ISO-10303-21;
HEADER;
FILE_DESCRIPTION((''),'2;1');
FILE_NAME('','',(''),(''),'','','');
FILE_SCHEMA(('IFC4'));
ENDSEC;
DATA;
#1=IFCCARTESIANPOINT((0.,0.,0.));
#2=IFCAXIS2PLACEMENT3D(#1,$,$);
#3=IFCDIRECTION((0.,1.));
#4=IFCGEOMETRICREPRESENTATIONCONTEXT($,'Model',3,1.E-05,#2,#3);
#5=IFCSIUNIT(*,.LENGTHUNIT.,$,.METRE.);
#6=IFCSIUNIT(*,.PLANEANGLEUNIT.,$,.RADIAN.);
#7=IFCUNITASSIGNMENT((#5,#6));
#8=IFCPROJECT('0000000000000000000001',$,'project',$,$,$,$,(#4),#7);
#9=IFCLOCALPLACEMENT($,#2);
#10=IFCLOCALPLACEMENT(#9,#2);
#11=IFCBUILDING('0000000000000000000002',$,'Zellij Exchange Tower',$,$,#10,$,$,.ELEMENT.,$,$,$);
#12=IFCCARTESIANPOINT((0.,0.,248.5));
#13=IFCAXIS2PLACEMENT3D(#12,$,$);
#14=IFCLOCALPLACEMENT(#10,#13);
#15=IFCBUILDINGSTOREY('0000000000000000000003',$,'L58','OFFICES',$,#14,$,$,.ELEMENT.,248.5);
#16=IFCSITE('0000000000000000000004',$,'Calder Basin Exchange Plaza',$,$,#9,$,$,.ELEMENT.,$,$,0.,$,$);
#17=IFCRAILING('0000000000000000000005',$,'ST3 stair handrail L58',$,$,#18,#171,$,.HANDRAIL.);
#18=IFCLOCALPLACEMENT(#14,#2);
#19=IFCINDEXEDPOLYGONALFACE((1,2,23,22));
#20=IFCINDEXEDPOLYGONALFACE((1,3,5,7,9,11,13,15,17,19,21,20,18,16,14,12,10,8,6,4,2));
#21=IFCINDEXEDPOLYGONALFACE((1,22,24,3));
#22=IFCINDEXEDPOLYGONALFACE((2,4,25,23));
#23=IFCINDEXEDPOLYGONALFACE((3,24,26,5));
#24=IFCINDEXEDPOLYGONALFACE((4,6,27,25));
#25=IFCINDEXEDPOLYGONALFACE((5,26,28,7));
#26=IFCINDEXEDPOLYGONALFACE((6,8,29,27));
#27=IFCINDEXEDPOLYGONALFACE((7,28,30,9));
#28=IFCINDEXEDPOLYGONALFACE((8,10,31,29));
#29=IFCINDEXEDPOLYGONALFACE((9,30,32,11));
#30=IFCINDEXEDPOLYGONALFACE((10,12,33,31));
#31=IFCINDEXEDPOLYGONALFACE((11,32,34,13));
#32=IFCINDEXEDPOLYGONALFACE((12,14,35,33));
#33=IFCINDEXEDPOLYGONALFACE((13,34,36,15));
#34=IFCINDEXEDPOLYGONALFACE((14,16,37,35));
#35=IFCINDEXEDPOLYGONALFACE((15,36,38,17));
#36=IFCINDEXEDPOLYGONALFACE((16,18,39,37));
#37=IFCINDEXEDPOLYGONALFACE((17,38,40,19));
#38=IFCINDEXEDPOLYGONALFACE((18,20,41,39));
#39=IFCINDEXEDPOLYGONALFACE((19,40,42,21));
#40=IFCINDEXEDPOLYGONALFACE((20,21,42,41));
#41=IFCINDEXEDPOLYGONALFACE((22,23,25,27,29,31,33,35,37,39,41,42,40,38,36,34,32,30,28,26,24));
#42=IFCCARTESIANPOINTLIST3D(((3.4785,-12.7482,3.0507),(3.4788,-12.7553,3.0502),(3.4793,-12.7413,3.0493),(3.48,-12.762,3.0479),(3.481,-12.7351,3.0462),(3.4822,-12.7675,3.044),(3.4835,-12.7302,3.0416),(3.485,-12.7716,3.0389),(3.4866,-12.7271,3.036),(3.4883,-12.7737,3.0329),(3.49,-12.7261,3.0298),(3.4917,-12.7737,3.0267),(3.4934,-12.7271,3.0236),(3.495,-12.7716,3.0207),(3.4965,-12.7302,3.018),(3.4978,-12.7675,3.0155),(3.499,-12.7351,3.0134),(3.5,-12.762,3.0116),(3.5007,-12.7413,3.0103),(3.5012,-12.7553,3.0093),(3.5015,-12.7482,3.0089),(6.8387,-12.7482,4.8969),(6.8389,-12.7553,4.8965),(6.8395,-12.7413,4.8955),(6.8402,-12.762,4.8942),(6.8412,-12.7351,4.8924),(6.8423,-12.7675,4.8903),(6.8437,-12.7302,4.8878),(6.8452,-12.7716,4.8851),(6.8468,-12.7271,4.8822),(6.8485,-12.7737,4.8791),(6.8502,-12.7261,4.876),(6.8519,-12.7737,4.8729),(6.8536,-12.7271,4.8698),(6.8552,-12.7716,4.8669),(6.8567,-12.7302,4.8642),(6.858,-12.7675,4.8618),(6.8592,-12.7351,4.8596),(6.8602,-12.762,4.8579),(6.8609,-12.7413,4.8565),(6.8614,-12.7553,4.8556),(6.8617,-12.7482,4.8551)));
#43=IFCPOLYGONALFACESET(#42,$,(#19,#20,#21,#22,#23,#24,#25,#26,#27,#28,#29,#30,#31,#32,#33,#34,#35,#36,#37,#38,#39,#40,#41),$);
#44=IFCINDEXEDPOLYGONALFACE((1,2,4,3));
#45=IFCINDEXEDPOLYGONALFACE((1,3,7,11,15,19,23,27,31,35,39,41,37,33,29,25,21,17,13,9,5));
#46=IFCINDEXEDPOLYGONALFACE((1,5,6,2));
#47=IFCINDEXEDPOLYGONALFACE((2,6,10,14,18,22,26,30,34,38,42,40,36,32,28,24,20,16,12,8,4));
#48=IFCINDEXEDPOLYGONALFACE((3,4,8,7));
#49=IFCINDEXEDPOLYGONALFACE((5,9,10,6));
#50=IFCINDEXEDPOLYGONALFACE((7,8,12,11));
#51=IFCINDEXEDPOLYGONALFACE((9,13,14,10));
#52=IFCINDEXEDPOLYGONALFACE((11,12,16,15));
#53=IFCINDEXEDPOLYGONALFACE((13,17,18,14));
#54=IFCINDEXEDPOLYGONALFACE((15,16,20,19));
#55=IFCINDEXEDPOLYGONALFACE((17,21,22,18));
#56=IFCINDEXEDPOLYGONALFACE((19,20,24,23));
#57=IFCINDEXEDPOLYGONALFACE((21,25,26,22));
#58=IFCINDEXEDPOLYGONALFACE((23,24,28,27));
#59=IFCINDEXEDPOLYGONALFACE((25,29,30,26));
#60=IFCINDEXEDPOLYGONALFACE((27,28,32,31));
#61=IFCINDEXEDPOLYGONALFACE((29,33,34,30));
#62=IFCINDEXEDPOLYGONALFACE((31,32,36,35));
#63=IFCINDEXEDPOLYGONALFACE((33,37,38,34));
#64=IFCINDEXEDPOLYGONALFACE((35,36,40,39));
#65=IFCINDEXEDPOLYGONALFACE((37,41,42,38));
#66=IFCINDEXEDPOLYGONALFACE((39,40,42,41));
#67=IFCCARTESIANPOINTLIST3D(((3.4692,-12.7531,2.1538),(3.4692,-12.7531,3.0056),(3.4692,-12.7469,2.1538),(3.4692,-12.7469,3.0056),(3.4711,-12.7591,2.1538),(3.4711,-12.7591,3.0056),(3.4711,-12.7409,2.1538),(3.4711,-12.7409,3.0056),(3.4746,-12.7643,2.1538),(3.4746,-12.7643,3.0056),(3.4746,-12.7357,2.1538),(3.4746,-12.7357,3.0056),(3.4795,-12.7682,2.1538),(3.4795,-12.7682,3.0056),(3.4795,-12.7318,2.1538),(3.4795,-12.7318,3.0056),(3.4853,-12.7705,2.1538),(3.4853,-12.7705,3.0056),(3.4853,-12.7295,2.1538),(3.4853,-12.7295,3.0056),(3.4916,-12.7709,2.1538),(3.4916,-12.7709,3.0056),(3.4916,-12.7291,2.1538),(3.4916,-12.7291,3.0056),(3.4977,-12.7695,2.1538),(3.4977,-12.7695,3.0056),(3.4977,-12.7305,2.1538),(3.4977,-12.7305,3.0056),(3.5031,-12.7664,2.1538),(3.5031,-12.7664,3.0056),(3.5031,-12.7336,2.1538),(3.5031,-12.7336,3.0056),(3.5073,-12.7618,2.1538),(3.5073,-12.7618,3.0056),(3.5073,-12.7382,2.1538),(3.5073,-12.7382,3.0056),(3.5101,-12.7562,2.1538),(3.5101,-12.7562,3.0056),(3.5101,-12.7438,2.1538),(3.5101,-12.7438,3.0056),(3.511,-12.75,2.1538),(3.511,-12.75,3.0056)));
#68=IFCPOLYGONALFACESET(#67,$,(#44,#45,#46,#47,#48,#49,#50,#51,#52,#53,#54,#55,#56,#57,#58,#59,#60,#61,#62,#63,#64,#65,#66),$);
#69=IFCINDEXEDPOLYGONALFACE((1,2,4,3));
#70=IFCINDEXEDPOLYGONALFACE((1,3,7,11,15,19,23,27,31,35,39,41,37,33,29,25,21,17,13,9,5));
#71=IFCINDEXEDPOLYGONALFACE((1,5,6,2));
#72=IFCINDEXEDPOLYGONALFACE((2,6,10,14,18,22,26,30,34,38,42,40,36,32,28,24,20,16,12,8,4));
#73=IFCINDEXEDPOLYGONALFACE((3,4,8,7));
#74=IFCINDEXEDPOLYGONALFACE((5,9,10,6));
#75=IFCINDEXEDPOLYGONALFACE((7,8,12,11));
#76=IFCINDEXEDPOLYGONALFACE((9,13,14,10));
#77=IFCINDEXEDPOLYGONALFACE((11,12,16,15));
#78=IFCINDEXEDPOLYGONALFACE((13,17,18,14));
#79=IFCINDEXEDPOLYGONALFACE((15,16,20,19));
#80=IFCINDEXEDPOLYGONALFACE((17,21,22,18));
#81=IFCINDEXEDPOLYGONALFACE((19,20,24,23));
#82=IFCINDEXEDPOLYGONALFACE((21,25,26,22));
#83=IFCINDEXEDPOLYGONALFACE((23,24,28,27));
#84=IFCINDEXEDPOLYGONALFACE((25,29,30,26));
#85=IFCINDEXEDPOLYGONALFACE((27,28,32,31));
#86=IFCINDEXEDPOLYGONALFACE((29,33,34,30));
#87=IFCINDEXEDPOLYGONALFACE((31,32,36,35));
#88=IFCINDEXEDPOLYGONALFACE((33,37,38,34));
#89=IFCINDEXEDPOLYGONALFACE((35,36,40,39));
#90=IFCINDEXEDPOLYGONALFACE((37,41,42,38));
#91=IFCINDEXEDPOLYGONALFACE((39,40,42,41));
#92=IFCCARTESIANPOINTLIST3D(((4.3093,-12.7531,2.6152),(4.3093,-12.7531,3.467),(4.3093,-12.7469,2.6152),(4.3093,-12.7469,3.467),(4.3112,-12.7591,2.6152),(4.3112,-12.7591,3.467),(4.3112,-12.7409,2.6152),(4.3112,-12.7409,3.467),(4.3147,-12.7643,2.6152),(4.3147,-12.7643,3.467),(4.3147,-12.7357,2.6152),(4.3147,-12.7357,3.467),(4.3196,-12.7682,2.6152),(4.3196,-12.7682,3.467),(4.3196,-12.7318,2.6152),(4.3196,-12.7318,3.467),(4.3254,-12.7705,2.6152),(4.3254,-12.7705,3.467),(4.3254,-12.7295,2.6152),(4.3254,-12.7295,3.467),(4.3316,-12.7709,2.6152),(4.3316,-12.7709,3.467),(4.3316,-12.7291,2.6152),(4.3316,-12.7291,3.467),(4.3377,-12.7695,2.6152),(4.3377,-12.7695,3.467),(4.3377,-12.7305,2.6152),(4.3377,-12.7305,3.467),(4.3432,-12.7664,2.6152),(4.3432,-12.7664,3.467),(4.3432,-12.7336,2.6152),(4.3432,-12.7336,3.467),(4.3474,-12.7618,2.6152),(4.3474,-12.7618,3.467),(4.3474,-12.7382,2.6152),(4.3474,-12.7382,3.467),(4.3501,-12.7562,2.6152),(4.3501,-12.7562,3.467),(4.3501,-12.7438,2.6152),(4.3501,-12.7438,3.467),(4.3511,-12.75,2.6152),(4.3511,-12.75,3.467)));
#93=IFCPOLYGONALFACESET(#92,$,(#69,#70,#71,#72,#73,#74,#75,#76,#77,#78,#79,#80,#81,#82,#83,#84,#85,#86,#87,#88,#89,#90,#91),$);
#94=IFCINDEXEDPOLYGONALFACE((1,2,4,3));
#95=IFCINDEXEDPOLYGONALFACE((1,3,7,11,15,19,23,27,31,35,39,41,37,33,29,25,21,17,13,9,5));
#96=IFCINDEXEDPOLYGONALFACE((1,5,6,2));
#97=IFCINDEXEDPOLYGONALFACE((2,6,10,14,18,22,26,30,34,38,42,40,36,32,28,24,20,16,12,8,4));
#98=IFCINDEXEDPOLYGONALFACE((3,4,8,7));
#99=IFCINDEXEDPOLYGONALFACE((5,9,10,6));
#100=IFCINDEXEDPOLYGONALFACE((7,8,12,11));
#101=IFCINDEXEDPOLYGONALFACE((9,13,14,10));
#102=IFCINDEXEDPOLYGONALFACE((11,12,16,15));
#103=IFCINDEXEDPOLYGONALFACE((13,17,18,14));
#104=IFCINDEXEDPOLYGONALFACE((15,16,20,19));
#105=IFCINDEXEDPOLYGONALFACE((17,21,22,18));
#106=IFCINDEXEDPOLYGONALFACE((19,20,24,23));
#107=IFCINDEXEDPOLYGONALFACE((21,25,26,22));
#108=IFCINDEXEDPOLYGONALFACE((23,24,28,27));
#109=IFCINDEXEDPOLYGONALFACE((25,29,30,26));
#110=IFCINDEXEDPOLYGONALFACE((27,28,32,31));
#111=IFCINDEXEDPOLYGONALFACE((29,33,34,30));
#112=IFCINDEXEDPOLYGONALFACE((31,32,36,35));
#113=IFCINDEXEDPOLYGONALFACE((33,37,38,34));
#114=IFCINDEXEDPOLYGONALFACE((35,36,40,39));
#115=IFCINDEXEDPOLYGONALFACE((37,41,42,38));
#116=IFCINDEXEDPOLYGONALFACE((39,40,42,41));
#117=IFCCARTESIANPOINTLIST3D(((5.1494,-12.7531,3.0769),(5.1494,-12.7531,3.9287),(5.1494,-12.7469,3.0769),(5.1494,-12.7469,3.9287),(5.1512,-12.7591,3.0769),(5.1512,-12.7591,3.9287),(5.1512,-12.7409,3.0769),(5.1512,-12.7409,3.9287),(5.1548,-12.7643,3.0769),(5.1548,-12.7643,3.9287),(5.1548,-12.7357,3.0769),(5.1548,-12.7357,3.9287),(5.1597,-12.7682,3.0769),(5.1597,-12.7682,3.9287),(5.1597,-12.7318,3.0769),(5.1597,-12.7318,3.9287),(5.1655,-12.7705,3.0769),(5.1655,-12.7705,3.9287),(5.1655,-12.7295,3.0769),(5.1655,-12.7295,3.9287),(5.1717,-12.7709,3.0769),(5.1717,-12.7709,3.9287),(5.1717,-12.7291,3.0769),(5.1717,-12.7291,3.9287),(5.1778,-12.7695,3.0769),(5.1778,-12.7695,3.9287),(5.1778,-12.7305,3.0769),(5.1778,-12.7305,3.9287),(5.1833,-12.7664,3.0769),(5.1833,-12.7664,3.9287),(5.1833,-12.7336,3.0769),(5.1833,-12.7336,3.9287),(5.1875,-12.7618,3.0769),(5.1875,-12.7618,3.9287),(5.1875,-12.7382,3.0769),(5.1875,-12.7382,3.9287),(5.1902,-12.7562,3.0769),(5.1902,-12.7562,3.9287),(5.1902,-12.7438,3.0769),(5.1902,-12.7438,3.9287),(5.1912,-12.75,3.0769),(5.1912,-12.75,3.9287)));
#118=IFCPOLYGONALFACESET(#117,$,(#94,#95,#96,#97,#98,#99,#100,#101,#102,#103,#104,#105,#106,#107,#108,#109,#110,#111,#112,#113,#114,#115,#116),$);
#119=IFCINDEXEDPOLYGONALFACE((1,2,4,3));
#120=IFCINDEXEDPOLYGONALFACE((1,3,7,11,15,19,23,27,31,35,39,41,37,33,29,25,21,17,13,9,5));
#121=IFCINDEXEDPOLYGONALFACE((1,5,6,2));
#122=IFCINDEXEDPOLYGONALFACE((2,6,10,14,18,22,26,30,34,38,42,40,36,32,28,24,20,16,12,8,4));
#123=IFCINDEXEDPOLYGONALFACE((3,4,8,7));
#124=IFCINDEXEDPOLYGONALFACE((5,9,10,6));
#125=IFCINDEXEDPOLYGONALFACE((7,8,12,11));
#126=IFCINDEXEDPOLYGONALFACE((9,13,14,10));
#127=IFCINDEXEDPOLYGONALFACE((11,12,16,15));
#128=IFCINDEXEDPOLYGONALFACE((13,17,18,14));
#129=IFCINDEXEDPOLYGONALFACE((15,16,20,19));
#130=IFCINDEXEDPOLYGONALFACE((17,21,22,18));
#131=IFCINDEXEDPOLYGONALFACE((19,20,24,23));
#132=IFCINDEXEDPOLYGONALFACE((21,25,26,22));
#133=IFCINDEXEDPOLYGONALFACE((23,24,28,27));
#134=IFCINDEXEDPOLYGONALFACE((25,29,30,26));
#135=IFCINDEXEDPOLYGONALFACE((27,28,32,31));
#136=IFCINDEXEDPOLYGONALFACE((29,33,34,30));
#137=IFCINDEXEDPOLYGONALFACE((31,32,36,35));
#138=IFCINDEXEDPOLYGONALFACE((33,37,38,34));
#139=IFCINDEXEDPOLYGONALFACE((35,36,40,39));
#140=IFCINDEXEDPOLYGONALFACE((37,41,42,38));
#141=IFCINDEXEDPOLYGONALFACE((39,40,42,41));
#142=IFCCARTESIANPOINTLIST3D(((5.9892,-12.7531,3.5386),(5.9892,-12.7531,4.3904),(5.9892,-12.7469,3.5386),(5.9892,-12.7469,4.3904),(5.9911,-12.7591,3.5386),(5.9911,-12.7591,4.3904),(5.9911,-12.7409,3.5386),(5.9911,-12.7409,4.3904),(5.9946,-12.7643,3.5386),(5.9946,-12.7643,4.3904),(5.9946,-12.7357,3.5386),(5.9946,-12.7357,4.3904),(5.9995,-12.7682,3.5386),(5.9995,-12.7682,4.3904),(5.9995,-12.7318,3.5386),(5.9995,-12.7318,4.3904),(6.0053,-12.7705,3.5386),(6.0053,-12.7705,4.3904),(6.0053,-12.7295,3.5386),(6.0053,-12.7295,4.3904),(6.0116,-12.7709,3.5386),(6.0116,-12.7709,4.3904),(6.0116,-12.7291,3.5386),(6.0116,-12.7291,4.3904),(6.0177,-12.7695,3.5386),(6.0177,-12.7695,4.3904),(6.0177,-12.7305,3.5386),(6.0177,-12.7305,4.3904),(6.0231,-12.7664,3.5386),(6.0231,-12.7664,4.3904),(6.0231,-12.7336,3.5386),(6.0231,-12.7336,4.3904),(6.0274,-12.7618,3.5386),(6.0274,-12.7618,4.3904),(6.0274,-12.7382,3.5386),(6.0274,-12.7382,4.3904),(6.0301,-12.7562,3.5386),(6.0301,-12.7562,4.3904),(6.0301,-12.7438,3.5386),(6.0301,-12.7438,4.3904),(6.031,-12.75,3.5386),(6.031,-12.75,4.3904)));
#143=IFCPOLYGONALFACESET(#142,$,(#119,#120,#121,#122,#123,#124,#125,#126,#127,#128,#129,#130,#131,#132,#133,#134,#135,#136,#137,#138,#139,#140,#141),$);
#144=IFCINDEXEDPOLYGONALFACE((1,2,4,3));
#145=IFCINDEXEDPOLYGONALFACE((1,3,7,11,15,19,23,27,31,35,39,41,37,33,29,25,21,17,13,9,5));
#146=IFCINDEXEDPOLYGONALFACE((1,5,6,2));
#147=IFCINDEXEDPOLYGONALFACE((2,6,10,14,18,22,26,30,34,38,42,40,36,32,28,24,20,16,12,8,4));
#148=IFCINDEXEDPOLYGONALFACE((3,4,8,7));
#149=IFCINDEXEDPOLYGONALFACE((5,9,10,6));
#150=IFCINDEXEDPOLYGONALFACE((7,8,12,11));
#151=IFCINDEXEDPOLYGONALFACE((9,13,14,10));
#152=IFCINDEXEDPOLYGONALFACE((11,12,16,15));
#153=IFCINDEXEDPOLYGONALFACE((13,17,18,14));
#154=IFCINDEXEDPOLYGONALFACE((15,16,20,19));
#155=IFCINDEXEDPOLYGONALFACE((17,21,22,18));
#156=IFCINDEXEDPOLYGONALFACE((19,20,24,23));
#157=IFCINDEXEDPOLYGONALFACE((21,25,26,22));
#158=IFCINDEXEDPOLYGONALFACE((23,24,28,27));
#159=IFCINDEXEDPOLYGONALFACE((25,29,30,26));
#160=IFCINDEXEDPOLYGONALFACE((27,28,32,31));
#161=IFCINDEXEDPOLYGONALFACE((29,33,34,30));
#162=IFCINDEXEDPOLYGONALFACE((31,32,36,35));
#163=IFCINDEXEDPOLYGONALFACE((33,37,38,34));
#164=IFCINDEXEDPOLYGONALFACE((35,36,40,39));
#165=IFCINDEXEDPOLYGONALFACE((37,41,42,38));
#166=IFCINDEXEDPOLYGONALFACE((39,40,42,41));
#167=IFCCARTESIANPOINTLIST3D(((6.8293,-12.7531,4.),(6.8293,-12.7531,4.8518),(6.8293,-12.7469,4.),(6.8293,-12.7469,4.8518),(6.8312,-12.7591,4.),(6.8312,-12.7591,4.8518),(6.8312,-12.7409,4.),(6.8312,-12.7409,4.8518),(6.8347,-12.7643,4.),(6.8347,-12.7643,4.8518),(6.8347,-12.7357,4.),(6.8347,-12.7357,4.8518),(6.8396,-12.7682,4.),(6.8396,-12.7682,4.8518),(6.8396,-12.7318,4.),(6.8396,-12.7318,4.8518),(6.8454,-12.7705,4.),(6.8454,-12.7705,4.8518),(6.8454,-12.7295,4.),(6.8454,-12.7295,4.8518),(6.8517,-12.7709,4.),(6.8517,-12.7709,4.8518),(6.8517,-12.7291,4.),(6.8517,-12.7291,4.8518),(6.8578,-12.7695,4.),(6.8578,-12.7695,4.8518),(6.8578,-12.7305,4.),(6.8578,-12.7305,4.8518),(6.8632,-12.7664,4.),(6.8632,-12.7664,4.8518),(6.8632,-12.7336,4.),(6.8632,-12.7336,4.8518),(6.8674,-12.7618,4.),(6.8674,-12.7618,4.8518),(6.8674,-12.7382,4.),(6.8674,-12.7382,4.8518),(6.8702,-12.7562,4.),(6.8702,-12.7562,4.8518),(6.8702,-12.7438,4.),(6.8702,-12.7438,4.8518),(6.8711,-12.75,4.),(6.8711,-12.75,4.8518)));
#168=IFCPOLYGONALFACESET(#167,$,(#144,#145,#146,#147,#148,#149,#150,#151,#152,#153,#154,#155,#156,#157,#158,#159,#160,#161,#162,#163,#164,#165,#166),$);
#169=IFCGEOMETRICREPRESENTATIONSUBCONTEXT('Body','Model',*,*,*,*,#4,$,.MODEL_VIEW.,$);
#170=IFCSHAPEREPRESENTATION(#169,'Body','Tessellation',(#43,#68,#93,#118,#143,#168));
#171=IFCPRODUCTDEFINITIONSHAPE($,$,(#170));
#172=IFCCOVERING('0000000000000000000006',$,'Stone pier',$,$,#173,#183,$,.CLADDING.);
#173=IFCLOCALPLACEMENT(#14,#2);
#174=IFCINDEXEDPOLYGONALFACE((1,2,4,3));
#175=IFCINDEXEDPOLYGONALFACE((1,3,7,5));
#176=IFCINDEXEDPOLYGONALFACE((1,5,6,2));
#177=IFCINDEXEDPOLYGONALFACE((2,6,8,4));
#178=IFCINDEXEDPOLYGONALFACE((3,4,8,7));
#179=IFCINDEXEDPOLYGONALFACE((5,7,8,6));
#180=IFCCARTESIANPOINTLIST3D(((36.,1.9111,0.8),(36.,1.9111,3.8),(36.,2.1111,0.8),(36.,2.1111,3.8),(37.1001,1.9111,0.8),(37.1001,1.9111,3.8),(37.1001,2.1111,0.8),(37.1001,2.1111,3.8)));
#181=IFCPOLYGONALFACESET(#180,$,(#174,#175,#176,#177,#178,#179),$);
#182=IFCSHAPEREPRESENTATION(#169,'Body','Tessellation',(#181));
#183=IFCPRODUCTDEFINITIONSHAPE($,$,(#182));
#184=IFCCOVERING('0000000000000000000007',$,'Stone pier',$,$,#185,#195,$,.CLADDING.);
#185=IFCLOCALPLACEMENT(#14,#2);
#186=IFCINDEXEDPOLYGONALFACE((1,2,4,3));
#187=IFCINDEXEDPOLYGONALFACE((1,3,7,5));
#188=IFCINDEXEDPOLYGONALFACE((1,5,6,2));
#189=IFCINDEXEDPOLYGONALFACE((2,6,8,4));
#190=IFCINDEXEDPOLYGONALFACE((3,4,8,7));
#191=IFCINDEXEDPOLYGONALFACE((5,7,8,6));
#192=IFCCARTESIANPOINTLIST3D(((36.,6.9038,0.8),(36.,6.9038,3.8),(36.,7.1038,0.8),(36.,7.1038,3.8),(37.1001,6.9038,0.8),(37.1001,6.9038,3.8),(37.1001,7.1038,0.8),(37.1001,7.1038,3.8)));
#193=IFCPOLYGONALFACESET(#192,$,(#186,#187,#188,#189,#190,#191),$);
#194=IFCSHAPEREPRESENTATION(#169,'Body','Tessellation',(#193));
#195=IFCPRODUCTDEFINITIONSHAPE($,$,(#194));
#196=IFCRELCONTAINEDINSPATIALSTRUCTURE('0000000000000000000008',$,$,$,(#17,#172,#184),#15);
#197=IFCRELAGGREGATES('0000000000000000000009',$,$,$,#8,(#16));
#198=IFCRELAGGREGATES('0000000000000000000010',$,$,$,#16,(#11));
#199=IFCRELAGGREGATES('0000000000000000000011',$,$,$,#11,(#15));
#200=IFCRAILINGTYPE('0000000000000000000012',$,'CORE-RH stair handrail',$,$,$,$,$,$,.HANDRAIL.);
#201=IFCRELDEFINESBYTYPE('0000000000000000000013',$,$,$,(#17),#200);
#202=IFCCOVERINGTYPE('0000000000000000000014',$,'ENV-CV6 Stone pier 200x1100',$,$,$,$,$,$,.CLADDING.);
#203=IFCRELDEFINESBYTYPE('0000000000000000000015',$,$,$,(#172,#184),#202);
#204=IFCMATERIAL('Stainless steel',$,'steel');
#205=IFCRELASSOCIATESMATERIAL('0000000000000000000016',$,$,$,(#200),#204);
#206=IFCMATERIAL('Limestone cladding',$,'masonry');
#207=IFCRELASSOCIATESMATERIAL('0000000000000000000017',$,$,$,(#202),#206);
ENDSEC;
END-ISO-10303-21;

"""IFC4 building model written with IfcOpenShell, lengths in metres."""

from ifc_helpers import new_model, si_unit, direction, frame, origin, origin_2d, place, context, subcontext, project, spatial, polyline, circle, outline, extrude, material, type_object, element, save


model = new_model("IFC4")

# Units and contexts
model_context = context("Model", 3, precision=1e-05, world=origin(), true_north=direction((0.0, 1.0)))
body_context = subcontext(model_context, "Body", "Model", "MODEL_VIEW")
ifc_project = project(units=[si_unit("LENGTHUNIT", "METRE"), si_unit("PLANEANGLEUNIT", "RADIAN")], contexts=[model_context])

# Site, building, storey
site_placement = place(None, origin())
site = spatial("IfcSite", under=ifc_project, at=site_placement, Name="Calder Basin Exchange Plaza", CompositionType="ELEMENT", RefElevation=0.0)
building_placement = place(site_placement, origin())
building = spatial("IfcBuilding", under=site, at=building_placement, Name="Zellij Exchange Tower", CompositionType="ELEMENT")
storey_placement = place(building_placement, frame((0.0, 0.0, 248.5)))
storey = spatial("IfcBuildingStorey", under=building, at=storey_placement, Name="L58", Description="OFFICES", CompositionType="ELEMENT", Elevation=248.5)

# Railing
ifc_material_1 = material(Name="Stainless steel", Category="steel")
railing_type_1 = type_object("IfcRailingType", Name="CORE-RH stair handrail", PredefinedType="HANDRAIL", material=ifc_material_1)
railing_1_placement = place(storey_placement, frame((3.49, -12.75, 2.1538)))
element("IfcRailing", 1, at=railing_1_placement, inside=storey, type_object=railing_type_1, Name="ST3 stair handrail L58", PredefinedType="HANDRAIL", context=body_context, shape_type="SweptSolid", body=[
    extrude(circle(Radius=0.0239, at=origin_2d()), frame((0.0, 0.0, 0.876), z_axis=(0.876422, 0.0, 0.481545), x_axis=(0.0, 1.0, 0.0)), (0.0, 0.0, 1.0), 3.834),
    extrude(circle(Radius=0.021, at=origin_2d()), origin(), (0.0, 0.0, 1.0), 0.8518),
    extrude(circle(Radius=0.021, at=origin_2d()), frame((0.8401, 0.0, 0.4614)), (0.0, 0.0, 1.0), 0.8518),
    extrude(circle(Radius=0.021, at=origin_2d()), frame((1.6802, 0.0, 0.9231)), (0.0, 0.0, 1.0), 0.8518),
    extrude(circle(Radius=0.021, at=origin_2d()), frame((2.52, 0.0, 1.3848)), (0.0, 0.0, 1.0), 0.8518),
    extrude(circle(Radius=0.021, at=origin_2d()), frame((3.3601, 0.0, 1.8462)), (0.0, 0.0, 1.0), 0.8518),
])

# Coverings
ifc_material_2 = material(Name="Limestone cladding", Category="masonry")
covering_type = type_object("IfcCoveringType", Name="ENV-CV6 Stone pier 200x1100", PredefinedType="CLADDING", material=ifc_material_2)
covering_1_placement = place(storey_placement, frame((0.0, 0.0, 0.8)))
element("IfcCovering", 2, at=covering_1_placement, inside=storey, type_object=covering_type, Name="Stone pier", PredefinedType="CLADDING", context=body_context, shape_type="SweptSolid", body=[
    extrude(outline(polyline([(36.0, 1.9111), (36.0, 2.1111), (37.1001, 2.1111), (37.1001, 1.9111), (36.0, 1.9111)])), origin(), (0.0, 0.0, 1.0), 3.0),
])
covering_2_placement = place(storey_placement, frame((0.0, 0.0, 0.8)))
element("IfcCovering", 3, at=covering_2_placement, inside=storey, type_object=covering_type, Name="Stone pier", PredefinedType="CLADDING", context=body_context, shape_type="SweptSolid", body=[
    extrude(outline(polyline([(36.0, 6.9038), (36.0, 7.1038), (37.1001, 7.1038), (37.1001, 6.9038), (36.0, 6.9038)])), origin(), (0.0, 0.0, 1.0), 3.0),
])

save(model, "model.ifc")
